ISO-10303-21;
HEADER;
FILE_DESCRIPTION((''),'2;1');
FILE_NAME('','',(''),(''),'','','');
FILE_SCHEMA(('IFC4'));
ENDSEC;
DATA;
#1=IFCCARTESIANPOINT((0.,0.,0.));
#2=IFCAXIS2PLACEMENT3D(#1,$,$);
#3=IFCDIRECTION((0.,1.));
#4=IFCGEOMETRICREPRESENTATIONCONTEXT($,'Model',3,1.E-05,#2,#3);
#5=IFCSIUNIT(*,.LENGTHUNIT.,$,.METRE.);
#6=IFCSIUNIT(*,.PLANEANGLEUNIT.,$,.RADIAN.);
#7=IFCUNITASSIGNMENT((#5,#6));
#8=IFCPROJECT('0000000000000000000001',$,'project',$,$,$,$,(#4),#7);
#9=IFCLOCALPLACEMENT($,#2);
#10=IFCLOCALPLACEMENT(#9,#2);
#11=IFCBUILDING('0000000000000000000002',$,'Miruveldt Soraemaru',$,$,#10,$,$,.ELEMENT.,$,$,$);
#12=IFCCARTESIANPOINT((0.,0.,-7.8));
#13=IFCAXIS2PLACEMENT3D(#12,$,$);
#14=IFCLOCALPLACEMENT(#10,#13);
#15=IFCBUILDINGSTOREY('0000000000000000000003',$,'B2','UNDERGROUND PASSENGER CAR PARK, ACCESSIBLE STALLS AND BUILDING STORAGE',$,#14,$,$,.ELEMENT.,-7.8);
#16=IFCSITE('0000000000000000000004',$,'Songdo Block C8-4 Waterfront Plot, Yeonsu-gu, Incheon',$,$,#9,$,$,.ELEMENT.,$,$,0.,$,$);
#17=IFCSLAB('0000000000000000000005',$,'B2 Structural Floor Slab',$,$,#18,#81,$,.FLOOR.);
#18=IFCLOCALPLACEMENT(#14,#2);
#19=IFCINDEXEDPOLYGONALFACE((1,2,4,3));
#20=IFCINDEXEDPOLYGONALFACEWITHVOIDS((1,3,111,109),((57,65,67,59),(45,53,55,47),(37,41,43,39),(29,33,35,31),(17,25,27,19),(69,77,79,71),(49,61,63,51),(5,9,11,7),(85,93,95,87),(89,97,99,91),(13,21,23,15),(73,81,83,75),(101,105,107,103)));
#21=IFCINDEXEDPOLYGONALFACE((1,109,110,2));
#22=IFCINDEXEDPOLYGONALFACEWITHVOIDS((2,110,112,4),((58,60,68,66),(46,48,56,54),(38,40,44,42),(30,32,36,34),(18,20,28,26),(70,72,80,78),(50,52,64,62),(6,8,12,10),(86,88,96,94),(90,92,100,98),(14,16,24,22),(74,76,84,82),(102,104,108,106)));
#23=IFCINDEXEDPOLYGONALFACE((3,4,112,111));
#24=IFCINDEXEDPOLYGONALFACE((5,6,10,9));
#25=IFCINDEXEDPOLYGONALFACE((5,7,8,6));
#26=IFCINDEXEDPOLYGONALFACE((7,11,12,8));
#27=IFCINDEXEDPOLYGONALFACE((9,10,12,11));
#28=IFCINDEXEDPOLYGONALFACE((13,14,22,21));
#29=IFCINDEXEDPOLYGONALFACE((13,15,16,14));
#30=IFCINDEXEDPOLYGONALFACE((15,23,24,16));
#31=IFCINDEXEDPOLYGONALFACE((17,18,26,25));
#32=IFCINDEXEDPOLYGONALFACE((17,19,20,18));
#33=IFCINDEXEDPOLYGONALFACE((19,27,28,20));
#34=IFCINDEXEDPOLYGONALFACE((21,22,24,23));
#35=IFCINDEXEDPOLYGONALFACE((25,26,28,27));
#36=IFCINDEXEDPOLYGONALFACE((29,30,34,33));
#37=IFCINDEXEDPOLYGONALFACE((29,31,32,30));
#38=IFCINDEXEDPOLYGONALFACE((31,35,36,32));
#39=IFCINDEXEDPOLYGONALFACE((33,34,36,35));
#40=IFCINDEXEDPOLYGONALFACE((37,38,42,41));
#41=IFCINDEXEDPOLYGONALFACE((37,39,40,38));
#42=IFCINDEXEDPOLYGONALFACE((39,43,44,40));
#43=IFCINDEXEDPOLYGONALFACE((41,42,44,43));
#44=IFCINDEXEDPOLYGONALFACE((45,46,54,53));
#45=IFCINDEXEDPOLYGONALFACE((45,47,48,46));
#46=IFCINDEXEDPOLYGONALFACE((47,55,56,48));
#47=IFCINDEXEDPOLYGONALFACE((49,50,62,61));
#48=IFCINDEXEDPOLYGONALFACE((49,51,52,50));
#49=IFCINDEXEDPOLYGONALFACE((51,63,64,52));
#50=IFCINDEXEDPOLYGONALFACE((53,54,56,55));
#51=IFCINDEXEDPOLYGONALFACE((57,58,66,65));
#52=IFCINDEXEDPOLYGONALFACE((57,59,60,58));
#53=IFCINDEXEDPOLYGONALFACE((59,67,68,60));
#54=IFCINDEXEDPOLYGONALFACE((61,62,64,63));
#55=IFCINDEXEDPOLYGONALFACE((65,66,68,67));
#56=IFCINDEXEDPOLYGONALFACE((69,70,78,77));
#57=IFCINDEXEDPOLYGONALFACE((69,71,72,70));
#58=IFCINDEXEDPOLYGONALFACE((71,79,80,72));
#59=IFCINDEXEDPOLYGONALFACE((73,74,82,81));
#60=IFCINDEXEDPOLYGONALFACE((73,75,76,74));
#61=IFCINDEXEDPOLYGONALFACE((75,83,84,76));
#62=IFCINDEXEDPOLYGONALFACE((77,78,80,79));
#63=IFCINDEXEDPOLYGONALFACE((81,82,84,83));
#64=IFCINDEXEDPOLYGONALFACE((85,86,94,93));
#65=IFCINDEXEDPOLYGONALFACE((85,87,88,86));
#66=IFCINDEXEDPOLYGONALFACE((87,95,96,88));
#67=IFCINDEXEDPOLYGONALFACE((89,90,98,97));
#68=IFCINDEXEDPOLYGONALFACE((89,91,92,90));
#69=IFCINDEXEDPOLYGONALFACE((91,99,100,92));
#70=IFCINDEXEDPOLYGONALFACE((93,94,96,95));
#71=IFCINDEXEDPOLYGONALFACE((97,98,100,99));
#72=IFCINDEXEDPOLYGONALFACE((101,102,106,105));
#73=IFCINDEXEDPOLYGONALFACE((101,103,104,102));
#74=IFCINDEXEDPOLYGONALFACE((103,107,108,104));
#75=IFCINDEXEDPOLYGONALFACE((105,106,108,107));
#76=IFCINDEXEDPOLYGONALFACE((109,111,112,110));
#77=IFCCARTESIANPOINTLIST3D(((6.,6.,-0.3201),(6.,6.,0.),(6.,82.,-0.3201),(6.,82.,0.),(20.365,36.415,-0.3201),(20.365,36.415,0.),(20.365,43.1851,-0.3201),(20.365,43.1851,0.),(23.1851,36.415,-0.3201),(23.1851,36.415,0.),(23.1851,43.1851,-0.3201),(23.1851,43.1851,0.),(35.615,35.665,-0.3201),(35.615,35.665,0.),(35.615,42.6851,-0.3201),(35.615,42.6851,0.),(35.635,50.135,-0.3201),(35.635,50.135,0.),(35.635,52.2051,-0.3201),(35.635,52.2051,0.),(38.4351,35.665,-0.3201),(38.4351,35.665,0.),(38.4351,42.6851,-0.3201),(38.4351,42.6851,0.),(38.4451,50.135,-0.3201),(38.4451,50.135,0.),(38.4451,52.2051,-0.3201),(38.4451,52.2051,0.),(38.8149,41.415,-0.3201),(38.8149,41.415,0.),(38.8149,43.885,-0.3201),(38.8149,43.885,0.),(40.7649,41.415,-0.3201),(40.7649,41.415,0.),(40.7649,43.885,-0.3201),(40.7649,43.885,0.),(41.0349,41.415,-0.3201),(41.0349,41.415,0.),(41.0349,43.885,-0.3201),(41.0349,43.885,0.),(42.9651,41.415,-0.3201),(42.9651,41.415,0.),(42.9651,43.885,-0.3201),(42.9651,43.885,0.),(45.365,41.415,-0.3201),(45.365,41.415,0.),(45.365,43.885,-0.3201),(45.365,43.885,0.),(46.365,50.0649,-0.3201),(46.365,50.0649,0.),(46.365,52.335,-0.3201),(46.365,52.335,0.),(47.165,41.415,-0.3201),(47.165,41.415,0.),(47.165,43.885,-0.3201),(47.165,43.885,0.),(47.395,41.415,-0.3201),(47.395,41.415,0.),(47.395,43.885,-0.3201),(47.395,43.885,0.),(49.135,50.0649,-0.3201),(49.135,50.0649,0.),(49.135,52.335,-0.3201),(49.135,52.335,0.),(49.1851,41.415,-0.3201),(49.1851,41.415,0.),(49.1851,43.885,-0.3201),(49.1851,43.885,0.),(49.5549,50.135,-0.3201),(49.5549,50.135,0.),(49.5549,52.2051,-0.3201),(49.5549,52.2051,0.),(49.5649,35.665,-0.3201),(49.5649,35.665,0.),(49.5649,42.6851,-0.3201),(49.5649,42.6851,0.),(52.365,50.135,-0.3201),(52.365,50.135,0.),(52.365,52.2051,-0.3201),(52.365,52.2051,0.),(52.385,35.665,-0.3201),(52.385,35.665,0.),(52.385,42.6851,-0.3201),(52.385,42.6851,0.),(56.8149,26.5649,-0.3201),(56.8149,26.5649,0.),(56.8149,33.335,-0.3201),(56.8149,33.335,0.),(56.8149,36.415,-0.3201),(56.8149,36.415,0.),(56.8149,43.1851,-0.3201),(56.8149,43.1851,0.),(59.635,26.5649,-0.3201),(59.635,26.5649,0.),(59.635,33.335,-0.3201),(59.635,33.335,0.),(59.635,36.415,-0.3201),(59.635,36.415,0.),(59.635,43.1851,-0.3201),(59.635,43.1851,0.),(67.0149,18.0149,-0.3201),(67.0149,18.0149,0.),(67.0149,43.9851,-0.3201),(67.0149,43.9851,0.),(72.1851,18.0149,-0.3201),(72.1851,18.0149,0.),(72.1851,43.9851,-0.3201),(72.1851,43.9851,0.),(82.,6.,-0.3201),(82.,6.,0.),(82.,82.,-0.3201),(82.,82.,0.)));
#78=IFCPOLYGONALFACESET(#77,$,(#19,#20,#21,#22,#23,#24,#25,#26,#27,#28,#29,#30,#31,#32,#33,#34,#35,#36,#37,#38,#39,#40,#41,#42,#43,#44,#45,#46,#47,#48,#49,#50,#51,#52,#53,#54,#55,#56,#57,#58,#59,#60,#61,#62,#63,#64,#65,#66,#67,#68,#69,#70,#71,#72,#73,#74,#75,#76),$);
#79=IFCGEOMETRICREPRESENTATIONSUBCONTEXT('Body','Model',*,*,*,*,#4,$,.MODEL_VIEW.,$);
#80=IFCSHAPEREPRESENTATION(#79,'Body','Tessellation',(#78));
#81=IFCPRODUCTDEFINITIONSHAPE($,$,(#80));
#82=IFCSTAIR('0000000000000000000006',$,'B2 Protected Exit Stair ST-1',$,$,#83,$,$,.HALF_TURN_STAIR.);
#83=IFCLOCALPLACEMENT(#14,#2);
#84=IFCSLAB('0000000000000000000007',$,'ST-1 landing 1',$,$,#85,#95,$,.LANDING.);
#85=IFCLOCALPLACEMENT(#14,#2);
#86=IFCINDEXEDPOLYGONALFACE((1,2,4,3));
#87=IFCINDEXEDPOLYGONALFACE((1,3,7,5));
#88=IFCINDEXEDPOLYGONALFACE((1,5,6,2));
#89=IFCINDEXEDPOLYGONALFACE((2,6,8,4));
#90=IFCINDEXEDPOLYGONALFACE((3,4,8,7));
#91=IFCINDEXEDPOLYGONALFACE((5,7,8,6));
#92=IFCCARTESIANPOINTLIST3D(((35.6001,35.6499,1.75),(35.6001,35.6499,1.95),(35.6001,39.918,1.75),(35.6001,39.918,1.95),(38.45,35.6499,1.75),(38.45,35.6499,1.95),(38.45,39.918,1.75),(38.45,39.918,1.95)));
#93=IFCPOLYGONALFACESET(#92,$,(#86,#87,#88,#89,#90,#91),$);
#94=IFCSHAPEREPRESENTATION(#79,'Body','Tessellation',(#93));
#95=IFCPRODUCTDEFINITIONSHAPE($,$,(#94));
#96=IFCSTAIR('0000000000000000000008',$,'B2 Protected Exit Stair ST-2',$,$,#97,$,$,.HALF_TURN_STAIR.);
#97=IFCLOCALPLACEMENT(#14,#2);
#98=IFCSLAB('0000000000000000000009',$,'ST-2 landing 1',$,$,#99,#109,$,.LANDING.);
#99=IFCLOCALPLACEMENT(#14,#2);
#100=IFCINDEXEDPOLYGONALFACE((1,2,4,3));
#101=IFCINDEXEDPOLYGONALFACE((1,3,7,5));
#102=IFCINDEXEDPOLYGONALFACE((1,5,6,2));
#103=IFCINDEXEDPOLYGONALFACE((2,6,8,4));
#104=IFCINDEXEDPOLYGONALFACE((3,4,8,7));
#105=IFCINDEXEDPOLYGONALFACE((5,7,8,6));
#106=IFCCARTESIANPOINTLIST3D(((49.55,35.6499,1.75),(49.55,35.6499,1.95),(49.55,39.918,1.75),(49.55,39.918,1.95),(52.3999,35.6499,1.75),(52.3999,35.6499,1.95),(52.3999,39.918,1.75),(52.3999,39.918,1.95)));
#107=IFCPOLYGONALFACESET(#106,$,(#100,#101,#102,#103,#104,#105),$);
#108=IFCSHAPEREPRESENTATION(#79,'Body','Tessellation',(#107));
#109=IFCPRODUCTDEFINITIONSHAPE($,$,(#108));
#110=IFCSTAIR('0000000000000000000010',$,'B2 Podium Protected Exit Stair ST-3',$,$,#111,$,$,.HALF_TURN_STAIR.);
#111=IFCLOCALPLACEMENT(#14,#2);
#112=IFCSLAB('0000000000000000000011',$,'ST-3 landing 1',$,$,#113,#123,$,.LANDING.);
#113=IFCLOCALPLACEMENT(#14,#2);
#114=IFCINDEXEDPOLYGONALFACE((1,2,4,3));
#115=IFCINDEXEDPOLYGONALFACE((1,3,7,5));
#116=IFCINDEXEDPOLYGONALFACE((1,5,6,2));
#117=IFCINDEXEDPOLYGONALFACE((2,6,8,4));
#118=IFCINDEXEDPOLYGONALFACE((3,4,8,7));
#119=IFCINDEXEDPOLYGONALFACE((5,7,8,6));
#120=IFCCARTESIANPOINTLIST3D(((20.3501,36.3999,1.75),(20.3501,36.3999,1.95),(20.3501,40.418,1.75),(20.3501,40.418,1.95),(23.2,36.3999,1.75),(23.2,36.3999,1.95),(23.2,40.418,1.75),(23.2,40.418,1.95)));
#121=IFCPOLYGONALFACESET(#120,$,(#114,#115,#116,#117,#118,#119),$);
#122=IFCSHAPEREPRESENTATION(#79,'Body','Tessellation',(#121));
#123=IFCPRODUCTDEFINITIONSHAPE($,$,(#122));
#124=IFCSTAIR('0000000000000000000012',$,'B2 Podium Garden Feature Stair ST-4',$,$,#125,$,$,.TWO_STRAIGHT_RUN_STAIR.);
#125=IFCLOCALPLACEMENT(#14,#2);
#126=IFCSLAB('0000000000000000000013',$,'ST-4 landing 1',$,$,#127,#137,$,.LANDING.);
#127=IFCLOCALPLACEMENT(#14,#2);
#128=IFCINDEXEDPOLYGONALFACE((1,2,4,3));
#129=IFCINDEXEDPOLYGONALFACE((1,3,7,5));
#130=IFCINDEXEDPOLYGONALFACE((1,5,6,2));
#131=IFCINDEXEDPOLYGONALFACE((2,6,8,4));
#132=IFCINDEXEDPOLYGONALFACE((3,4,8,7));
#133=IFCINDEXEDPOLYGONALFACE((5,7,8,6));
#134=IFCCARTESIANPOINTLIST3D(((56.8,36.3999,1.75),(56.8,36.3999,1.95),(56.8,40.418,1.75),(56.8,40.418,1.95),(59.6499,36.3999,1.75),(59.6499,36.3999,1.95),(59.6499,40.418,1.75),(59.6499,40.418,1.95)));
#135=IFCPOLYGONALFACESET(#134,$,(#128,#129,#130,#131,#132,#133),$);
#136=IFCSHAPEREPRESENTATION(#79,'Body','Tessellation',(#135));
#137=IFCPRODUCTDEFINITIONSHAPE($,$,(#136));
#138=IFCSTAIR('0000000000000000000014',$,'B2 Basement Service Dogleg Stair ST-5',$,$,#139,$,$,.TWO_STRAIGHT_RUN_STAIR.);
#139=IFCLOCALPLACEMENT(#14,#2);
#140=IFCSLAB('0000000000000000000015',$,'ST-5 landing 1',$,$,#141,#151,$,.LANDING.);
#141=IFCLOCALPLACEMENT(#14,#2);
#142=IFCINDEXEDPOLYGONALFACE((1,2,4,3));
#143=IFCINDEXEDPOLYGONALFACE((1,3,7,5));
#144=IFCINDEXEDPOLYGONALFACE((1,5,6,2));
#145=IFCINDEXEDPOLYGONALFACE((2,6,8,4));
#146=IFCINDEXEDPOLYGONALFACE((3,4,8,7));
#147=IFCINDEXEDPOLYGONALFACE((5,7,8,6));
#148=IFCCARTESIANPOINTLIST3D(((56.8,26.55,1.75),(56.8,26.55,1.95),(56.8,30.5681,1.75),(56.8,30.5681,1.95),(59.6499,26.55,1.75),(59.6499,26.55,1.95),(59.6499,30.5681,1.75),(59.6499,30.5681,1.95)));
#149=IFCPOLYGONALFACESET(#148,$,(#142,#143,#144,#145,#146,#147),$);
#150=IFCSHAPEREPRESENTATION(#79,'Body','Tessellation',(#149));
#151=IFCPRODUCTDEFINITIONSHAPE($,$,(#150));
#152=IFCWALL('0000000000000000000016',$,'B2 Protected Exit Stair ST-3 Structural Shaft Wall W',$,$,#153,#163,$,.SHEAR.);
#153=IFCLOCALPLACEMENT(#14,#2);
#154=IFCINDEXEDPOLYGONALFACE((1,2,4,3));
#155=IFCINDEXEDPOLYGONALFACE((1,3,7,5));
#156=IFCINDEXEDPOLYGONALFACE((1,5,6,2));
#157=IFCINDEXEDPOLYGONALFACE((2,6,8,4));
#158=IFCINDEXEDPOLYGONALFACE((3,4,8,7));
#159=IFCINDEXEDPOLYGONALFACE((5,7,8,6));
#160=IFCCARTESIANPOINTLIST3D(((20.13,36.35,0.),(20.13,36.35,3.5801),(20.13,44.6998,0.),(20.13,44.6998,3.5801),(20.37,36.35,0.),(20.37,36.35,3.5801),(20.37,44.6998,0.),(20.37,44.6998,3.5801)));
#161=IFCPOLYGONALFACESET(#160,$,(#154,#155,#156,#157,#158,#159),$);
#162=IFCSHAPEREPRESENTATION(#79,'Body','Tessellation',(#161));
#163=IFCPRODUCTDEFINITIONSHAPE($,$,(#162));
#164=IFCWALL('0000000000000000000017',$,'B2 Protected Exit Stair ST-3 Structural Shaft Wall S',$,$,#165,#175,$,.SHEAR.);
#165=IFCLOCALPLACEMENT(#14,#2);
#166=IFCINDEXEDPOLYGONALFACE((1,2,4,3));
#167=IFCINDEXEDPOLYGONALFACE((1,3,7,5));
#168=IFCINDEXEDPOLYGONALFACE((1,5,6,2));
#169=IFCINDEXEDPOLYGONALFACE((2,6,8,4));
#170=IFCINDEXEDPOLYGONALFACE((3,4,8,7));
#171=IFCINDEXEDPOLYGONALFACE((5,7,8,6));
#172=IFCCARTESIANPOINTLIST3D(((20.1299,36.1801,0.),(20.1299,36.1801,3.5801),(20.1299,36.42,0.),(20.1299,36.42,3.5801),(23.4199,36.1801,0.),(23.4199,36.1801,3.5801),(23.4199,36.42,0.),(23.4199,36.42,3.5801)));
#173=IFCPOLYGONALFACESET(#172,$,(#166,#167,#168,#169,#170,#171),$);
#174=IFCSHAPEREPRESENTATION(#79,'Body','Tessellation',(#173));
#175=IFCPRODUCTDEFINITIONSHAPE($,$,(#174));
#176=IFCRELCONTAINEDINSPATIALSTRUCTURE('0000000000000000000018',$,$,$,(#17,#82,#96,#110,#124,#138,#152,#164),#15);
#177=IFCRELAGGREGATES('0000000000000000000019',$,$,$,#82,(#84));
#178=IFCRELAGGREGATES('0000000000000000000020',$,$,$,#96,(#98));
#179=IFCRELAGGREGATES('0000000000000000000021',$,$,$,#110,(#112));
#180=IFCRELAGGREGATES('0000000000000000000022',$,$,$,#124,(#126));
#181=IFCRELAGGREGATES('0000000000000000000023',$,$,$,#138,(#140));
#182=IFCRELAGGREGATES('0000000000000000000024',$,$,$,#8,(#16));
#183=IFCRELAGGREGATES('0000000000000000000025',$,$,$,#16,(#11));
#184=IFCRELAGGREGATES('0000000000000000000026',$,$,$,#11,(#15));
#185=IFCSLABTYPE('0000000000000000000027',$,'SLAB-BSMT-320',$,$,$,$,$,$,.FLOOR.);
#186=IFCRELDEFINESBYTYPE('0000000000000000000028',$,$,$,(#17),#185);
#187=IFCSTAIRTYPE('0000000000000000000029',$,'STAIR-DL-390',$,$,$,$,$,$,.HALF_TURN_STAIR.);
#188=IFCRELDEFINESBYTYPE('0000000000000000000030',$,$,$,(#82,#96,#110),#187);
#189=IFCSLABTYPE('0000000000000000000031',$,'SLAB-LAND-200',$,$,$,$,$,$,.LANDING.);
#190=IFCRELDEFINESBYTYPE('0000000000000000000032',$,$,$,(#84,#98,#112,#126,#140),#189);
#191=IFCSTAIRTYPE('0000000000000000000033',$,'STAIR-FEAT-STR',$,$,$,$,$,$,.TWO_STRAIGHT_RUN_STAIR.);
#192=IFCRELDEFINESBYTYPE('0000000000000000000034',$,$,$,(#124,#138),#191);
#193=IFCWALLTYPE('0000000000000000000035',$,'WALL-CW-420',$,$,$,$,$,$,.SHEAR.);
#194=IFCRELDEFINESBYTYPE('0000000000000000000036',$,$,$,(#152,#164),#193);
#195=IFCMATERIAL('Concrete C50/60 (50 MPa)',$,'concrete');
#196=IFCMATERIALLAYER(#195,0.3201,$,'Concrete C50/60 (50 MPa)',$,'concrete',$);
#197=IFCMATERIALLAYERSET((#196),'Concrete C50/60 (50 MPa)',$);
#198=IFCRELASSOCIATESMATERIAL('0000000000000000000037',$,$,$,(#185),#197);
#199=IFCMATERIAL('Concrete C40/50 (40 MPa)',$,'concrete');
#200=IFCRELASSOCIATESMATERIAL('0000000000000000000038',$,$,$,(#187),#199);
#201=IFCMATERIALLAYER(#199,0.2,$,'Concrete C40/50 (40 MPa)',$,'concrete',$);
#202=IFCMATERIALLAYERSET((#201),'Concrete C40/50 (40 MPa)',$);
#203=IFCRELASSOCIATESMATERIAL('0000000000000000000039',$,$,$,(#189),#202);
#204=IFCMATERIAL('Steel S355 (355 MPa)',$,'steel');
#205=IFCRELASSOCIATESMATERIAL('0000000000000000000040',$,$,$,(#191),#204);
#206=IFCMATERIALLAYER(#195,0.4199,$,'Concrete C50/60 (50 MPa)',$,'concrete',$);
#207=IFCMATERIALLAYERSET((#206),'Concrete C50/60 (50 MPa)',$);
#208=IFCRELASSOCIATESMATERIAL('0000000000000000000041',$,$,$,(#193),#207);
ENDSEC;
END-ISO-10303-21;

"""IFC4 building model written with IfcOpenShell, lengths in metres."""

from ifc_helpers import new_model, si_unit, direction, frame, frame_2d, origin, place, context, subcontext, project, spatial, polyline, rectangle, outline, extrude, material, layer, layer_set, type_object, element, aggregate, save


model = new_model("IFC4")

# Units and contexts
model_context = context("Model", 3, precision=1e-05, world=origin(), true_north=direction((0.0, 1.0)))
body_context = subcontext(model_context, "Body", "Model", "MODEL_VIEW")
ifc_project = project(units=[si_unit("LENGTHUNIT", "METRE"), si_unit("PLANEANGLEUNIT", "RADIAN")], contexts=[model_context])

# Site, building, storey
site_placement = place(None, origin())
site = spatial("IfcSite", under=ifc_project, at=site_placement, Name="Songdo Block C8-4 Waterfront Plot, Yeonsu-gu, Incheon", CompositionType="ELEMENT", RefElevation=0.0)
building_placement = place(site_placement, origin())
building = spatial("IfcBuilding", under=site, at=building_placement, Name="Miruveldt Soraemaru", CompositionType="ELEMENT")
storey_placement = place(building_placement, frame((0.0, 0.0, -7.8)))
storey = spatial("IfcBuildingStorey", under=building, at=storey_placement, Name="B2", Description="UNDERGROUND PASSENGER CAR PARK, ACCESSIBLE STALLS AND BUILDING STORAGE", CompositionType="ELEMENT", Elevation=-7.8)

# Shared definitions
ifc_material_1 = material(Name="Concrete C50/60 (50 MPa)", Category="concrete")

# Slab
ifc_layer_1 = layer(ifc_material_1, 0.3201, Name="Concrete C50/60 (50 MPa)", Category="concrete")
ifc_layer_set_1 = layer_set([ifc_layer_1], Name="Concrete C50/60 (50 MPa)")
slab_type_1 = type_object("IfcSlabType", Name="SLAB-BSMT-320", PredefinedType="FLOOR", material=ifc_layer_set_1)
slab_1_placement = place(storey_placement, frame((0.0, 0.0, -0.3201)))
element("IfcSlab", 1, at=slab_1_placement, inside=storey, type_object=slab_type_1, Name="B2 Structural Floor Slab", PredefinedType="FLOOR", context=body_context, shape_type="SweptSolid", body=[
    extrude(outline(polyline([(6.0, 82.0), (82.0, 82.0), (82.0, 6.0), (6.0, 6.0), (6.0, 82.0)]), holes=[polyline([(35.615, 35.665), (38.4351, 35.665), (38.4351, 42.6851), (35.615, 42.6851), (35.615, 35.665)]), polyline([(20.365, 43.1851), (20.365, 36.415), (23.1851, 36.415), (23.1851, 43.1851), (20.365, 43.1851)]), polyline([(38.8149, 41.415), (40.7649, 41.415), (40.7649, 43.885), (38.8149, 43.885), (38.8149, 41.415)]), polyline([(42.9651, 41.415), (42.9651, 43.885), (41.0349, 43.885), (41.0349, 41.415), (42.9651, 41.415)]), polyline([(45.365, 41.415), (47.165, 41.415), (47.165, 43.885), (45.365, 43.885), (45.365, 41.415)]), polyline([(35.635, 50.135), (38.4451, 50.135), (38.4451, 52.2051), (35.635, 52.2051), (35.635, 50.135)]), polyline([(49.135, 50.0649), (49.135, 52.335), (46.365, 52.335), (46.365, 50.0649), (49.135, 50.0649)]), polyline([(56.8149, 33.335), (56.8149, 26.5649), (59.635, 26.5649), (59.635, 33.335), (56.8149, 33.335)]), polyline([(67.0149, 18.0149), (72.1851, 18.0149), (72.1851, 43.9851), (67.0149, 43.9851), (67.0149, 18.0149)]), polyline([(49.5649, 42.6851), (49.5649, 35.665), (52.385, 35.665), (52.385, 42.6851), (49.5649, 42.6851)]), polyline([(56.8149, 43.1851), (56.8149, 36.415), (59.635, 36.415), (59.635, 43.1851), (56.8149, 43.1851)]), polyline([(47.395, 41.415), (49.1851, 41.415), (49.1851, 43.885), (47.395, 43.885), (47.395, 41.415)]), polyline([(49.5549, 50.135), (52.365, 50.135), (52.365, 52.2051), (49.5549, 52.2051), (49.5549, 50.135)])]), origin(), (0.0, 0.0, 1.0), 0.3201),
])

# Stairs, slabs
ifc_material_2 = material(Name="Concrete C40/50 (40 MPa)", Category="concrete")
stair_type_1 = type_object("IfcStairType", Name="STAIR-DL-390", PredefinedType="HALF_TURN_STAIR", material=ifc_material_2)
stair_1_placement = place(storey_placement, origin())
stair_1 = element("IfcStair", 2, at=stair_1_placement, inside=storey, type_object=stair_type_1, Name="B2 Protected Exit Stair ST-1", PredefinedType="HALF_TURN_STAIR")
ifc_layer_2 = layer(ifc_material_2, 0.2, Name="Concrete C40/50 (40 MPa)", Category="concrete")
ifc_layer_set_2 = layer_set([ifc_layer_2], Name="Concrete C40/50 (40 MPa)")
slab_type_2 = type_object("IfcSlabType", Name="SLAB-LAND-200", PredefinedType="LANDING", material=ifc_layer_set_2)
slab_2_placement = place(storey_placement, frame((0.0, 0.0, 1.75)))
slab_2 = element("IfcSlab", 3, at=slab_2_placement, type_object=slab_type_2, Name="ST-1 landing 1", PredefinedType="LANDING", context=body_context, shape_type="SweptSolid", body=[
    extrude(outline(polyline([(35.6001, 39.918), (35.6001, 35.6499), (38.45, 35.6499), (38.45, 39.918), (35.6001, 39.918)])), origin(), (0.0, 0.0, 1.0), 0.2),
])
aggregate(stair_1, [slab_2])
stair_2_placement = place(storey_placement, origin())
stair_2 = element("IfcStair", 4, at=stair_2_placement, inside=storey, type_object=stair_type_1, Name="B2 Protected Exit Stair ST-2", PredefinedType="HALF_TURN_STAIR")
slab_3_placement = place(storey_placement, frame((0.0, 0.0, 1.75)))
slab_3 = element("IfcSlab", 5, at=slab_3_placement, type_object=slab_type_2, Name="ST-2 landing 1", PredefinedType="LANDING", context=body_context, shape_type="SweptSolid", body=[
    extrude(outline(polyline([(49.55, 39.918), (49.55, 35.6499), (52.3999, 35.6499), (52.3999, 39.918), (49.55, 39.918)])), origin(), (0.0, 0.0, 1.0), 0.2),
])
aggregate(stair_2, [slab_3])
stair_3_placement = place(storey_placement, origin())
stair_3 = element("IfcStair", 6, at=stair_3_placement, inside=storey, type_object=stair_type_1, Name="B2 Podium Protected Exit Stair ST-3", PredefinedType="HALF_TURN_STAIR")
slab_4_placement = place(storey_placement, frame((0.0, 0.0, 1.75)))
slab_4 = element("IfcSlab", 7, at=slab_4_placement, type_object=slab_type_2, Name="ST-3 landing 1", PredefinedType="LANDING", context=body_context, shape_type="SweptSolid", body=[
    extrude(outline(polyline([(20.3501, 40.418), (20.3501, 36.3999), (23.2, 36.3999), (23.2, 40.418), (20.3501, 40.418)])), origin(), (0.0, 0.0, 1.0), 0.2),
])
aggregate(stair_3, [slab_4])
ifc_material_3 = material(Name="Steel S355 (355 MPa)", Category="steel")
stair_type_2 = type_object("IfcStairType", Name="STAIR-FEAT-STR", PredefinedType="TWO_STRAIGHT_RUN_STAIR", material=ifc_material_3)
stair_4_placement = place(storey_placement, origin())
stair_4 = element("IfcStair", 8, at=stair_4_placement, inside=storey, type_object=stair_type_2, Name="B2 Podium Garden Feature Stair ST-4", PredefinedType="TWO_STRAIGHT_RUN_STAIR")
slab_5_placement = place(storey_placement, frame((0.0, 0.0, 1.75)))
slab_5 = element("IfcSlab", 9, at=slab_5_placement, type_object=slab_type_2, Name="ST-4 landing 1", PredefinedType="LANDING", context=body_context, shape_type="SweptSolid", body=[
    extrude(outline(polyline([(56.8, 40.418), (56.8, 36.3999), (59.6499, 36.3999), (59.6499, 40.418), (56.8, 40.418)])), origin(), (0.0, 0.0, 1.0), 0.2),
])
aggregate(stair_4, [slab_5])
stair_5_placement = place(storey_placement, origin())
stair_5 = element("IfcStair", 10, at=stair_5_placement, inside=storey, type_object=stair_type_2, Name="B2 Basement Service Dogleg Stair ST-5", PredefinedType="TWO_STRAIGHT_RUN_STAIR")
slab_6_placement = place(storey_placement, frame((0.0, 0.0, 1.75)))
slab_6 = element("IfcSlab", 11, at=slab_6_placement, type_object=slab_type_2, Name="ST-5 landing 1", PredefinedType="LANDING", context=body_context, shape_type="SweptSolid", body=[
    extrude(outline(polyline([(56.8, 30.5681), (56.8, 26.55), (59.6499, 26.55), (59.6499, 30.5681), (56.8, 30.5681)])), origin(), (0.0, 0.0, 1.0), 0.2),
])
aggregate(stair_5, [slab_6])

# Walls
ifc_layer_3 = layer(ifc_material_1, 0.4199, Name="Concrete C50/60 (50 MPa)", Category="concrete")
ifc_layer_set_3 = layer_set([ifc_layer_3], Name="Concrete C50/60 (50 MPa)")
wall_type_1 = type_object("IfcWallType", Name="WALL-CW-420", PredefinedType="SHEAR", material=ifc_layer_set_3)
wall_1_placement = place(storey_placement, frame((20.25, 36.3501, 0.0), z_axis=(0.0, 0.0, 1.0), x_axis=(0.0, 1.0, 0.0)))
element("IfcWall", 12, at=wall_1_placement, inside=storey, type_object=wall_type_1, Name="B2 Protected Exit Stair ST-3 Structural Shaft Wall W", PredefinedType="SHEAR", context=body_context, shape_type="SweptSolid", body=[
    extrude(rectangle(XDim=8.3499, YDim=0.24, at=frame_2d((4.1748, 0.0))), origin(), (0.0, 0.0, 1.0), 3.5801),
])
wall_2_placement = place(storey_placement, frame((20.1299, 36.3, 0.0), z_axis=(0.0, 0.0, 1.0), x_axis=(1.0, 0.0, 0.0)))
element("IfcWall", 13, at=wall_2_placement, inside=storey, type_object=wall_type_1, Name="B2 Protected Exit Stair ST-3 Structural Shaft Wall S", PredefinedType="SHEAR", context=body_context, shape_type="SweptSolid", body=[
    extrude(rectangle(XDim=3.29, YDim=0.24, at=frame_2d((1.645, 0.0))), origin(), (0.0, 0.0, 1.0), 3.5801),
])

save(model, "model.ifc")
